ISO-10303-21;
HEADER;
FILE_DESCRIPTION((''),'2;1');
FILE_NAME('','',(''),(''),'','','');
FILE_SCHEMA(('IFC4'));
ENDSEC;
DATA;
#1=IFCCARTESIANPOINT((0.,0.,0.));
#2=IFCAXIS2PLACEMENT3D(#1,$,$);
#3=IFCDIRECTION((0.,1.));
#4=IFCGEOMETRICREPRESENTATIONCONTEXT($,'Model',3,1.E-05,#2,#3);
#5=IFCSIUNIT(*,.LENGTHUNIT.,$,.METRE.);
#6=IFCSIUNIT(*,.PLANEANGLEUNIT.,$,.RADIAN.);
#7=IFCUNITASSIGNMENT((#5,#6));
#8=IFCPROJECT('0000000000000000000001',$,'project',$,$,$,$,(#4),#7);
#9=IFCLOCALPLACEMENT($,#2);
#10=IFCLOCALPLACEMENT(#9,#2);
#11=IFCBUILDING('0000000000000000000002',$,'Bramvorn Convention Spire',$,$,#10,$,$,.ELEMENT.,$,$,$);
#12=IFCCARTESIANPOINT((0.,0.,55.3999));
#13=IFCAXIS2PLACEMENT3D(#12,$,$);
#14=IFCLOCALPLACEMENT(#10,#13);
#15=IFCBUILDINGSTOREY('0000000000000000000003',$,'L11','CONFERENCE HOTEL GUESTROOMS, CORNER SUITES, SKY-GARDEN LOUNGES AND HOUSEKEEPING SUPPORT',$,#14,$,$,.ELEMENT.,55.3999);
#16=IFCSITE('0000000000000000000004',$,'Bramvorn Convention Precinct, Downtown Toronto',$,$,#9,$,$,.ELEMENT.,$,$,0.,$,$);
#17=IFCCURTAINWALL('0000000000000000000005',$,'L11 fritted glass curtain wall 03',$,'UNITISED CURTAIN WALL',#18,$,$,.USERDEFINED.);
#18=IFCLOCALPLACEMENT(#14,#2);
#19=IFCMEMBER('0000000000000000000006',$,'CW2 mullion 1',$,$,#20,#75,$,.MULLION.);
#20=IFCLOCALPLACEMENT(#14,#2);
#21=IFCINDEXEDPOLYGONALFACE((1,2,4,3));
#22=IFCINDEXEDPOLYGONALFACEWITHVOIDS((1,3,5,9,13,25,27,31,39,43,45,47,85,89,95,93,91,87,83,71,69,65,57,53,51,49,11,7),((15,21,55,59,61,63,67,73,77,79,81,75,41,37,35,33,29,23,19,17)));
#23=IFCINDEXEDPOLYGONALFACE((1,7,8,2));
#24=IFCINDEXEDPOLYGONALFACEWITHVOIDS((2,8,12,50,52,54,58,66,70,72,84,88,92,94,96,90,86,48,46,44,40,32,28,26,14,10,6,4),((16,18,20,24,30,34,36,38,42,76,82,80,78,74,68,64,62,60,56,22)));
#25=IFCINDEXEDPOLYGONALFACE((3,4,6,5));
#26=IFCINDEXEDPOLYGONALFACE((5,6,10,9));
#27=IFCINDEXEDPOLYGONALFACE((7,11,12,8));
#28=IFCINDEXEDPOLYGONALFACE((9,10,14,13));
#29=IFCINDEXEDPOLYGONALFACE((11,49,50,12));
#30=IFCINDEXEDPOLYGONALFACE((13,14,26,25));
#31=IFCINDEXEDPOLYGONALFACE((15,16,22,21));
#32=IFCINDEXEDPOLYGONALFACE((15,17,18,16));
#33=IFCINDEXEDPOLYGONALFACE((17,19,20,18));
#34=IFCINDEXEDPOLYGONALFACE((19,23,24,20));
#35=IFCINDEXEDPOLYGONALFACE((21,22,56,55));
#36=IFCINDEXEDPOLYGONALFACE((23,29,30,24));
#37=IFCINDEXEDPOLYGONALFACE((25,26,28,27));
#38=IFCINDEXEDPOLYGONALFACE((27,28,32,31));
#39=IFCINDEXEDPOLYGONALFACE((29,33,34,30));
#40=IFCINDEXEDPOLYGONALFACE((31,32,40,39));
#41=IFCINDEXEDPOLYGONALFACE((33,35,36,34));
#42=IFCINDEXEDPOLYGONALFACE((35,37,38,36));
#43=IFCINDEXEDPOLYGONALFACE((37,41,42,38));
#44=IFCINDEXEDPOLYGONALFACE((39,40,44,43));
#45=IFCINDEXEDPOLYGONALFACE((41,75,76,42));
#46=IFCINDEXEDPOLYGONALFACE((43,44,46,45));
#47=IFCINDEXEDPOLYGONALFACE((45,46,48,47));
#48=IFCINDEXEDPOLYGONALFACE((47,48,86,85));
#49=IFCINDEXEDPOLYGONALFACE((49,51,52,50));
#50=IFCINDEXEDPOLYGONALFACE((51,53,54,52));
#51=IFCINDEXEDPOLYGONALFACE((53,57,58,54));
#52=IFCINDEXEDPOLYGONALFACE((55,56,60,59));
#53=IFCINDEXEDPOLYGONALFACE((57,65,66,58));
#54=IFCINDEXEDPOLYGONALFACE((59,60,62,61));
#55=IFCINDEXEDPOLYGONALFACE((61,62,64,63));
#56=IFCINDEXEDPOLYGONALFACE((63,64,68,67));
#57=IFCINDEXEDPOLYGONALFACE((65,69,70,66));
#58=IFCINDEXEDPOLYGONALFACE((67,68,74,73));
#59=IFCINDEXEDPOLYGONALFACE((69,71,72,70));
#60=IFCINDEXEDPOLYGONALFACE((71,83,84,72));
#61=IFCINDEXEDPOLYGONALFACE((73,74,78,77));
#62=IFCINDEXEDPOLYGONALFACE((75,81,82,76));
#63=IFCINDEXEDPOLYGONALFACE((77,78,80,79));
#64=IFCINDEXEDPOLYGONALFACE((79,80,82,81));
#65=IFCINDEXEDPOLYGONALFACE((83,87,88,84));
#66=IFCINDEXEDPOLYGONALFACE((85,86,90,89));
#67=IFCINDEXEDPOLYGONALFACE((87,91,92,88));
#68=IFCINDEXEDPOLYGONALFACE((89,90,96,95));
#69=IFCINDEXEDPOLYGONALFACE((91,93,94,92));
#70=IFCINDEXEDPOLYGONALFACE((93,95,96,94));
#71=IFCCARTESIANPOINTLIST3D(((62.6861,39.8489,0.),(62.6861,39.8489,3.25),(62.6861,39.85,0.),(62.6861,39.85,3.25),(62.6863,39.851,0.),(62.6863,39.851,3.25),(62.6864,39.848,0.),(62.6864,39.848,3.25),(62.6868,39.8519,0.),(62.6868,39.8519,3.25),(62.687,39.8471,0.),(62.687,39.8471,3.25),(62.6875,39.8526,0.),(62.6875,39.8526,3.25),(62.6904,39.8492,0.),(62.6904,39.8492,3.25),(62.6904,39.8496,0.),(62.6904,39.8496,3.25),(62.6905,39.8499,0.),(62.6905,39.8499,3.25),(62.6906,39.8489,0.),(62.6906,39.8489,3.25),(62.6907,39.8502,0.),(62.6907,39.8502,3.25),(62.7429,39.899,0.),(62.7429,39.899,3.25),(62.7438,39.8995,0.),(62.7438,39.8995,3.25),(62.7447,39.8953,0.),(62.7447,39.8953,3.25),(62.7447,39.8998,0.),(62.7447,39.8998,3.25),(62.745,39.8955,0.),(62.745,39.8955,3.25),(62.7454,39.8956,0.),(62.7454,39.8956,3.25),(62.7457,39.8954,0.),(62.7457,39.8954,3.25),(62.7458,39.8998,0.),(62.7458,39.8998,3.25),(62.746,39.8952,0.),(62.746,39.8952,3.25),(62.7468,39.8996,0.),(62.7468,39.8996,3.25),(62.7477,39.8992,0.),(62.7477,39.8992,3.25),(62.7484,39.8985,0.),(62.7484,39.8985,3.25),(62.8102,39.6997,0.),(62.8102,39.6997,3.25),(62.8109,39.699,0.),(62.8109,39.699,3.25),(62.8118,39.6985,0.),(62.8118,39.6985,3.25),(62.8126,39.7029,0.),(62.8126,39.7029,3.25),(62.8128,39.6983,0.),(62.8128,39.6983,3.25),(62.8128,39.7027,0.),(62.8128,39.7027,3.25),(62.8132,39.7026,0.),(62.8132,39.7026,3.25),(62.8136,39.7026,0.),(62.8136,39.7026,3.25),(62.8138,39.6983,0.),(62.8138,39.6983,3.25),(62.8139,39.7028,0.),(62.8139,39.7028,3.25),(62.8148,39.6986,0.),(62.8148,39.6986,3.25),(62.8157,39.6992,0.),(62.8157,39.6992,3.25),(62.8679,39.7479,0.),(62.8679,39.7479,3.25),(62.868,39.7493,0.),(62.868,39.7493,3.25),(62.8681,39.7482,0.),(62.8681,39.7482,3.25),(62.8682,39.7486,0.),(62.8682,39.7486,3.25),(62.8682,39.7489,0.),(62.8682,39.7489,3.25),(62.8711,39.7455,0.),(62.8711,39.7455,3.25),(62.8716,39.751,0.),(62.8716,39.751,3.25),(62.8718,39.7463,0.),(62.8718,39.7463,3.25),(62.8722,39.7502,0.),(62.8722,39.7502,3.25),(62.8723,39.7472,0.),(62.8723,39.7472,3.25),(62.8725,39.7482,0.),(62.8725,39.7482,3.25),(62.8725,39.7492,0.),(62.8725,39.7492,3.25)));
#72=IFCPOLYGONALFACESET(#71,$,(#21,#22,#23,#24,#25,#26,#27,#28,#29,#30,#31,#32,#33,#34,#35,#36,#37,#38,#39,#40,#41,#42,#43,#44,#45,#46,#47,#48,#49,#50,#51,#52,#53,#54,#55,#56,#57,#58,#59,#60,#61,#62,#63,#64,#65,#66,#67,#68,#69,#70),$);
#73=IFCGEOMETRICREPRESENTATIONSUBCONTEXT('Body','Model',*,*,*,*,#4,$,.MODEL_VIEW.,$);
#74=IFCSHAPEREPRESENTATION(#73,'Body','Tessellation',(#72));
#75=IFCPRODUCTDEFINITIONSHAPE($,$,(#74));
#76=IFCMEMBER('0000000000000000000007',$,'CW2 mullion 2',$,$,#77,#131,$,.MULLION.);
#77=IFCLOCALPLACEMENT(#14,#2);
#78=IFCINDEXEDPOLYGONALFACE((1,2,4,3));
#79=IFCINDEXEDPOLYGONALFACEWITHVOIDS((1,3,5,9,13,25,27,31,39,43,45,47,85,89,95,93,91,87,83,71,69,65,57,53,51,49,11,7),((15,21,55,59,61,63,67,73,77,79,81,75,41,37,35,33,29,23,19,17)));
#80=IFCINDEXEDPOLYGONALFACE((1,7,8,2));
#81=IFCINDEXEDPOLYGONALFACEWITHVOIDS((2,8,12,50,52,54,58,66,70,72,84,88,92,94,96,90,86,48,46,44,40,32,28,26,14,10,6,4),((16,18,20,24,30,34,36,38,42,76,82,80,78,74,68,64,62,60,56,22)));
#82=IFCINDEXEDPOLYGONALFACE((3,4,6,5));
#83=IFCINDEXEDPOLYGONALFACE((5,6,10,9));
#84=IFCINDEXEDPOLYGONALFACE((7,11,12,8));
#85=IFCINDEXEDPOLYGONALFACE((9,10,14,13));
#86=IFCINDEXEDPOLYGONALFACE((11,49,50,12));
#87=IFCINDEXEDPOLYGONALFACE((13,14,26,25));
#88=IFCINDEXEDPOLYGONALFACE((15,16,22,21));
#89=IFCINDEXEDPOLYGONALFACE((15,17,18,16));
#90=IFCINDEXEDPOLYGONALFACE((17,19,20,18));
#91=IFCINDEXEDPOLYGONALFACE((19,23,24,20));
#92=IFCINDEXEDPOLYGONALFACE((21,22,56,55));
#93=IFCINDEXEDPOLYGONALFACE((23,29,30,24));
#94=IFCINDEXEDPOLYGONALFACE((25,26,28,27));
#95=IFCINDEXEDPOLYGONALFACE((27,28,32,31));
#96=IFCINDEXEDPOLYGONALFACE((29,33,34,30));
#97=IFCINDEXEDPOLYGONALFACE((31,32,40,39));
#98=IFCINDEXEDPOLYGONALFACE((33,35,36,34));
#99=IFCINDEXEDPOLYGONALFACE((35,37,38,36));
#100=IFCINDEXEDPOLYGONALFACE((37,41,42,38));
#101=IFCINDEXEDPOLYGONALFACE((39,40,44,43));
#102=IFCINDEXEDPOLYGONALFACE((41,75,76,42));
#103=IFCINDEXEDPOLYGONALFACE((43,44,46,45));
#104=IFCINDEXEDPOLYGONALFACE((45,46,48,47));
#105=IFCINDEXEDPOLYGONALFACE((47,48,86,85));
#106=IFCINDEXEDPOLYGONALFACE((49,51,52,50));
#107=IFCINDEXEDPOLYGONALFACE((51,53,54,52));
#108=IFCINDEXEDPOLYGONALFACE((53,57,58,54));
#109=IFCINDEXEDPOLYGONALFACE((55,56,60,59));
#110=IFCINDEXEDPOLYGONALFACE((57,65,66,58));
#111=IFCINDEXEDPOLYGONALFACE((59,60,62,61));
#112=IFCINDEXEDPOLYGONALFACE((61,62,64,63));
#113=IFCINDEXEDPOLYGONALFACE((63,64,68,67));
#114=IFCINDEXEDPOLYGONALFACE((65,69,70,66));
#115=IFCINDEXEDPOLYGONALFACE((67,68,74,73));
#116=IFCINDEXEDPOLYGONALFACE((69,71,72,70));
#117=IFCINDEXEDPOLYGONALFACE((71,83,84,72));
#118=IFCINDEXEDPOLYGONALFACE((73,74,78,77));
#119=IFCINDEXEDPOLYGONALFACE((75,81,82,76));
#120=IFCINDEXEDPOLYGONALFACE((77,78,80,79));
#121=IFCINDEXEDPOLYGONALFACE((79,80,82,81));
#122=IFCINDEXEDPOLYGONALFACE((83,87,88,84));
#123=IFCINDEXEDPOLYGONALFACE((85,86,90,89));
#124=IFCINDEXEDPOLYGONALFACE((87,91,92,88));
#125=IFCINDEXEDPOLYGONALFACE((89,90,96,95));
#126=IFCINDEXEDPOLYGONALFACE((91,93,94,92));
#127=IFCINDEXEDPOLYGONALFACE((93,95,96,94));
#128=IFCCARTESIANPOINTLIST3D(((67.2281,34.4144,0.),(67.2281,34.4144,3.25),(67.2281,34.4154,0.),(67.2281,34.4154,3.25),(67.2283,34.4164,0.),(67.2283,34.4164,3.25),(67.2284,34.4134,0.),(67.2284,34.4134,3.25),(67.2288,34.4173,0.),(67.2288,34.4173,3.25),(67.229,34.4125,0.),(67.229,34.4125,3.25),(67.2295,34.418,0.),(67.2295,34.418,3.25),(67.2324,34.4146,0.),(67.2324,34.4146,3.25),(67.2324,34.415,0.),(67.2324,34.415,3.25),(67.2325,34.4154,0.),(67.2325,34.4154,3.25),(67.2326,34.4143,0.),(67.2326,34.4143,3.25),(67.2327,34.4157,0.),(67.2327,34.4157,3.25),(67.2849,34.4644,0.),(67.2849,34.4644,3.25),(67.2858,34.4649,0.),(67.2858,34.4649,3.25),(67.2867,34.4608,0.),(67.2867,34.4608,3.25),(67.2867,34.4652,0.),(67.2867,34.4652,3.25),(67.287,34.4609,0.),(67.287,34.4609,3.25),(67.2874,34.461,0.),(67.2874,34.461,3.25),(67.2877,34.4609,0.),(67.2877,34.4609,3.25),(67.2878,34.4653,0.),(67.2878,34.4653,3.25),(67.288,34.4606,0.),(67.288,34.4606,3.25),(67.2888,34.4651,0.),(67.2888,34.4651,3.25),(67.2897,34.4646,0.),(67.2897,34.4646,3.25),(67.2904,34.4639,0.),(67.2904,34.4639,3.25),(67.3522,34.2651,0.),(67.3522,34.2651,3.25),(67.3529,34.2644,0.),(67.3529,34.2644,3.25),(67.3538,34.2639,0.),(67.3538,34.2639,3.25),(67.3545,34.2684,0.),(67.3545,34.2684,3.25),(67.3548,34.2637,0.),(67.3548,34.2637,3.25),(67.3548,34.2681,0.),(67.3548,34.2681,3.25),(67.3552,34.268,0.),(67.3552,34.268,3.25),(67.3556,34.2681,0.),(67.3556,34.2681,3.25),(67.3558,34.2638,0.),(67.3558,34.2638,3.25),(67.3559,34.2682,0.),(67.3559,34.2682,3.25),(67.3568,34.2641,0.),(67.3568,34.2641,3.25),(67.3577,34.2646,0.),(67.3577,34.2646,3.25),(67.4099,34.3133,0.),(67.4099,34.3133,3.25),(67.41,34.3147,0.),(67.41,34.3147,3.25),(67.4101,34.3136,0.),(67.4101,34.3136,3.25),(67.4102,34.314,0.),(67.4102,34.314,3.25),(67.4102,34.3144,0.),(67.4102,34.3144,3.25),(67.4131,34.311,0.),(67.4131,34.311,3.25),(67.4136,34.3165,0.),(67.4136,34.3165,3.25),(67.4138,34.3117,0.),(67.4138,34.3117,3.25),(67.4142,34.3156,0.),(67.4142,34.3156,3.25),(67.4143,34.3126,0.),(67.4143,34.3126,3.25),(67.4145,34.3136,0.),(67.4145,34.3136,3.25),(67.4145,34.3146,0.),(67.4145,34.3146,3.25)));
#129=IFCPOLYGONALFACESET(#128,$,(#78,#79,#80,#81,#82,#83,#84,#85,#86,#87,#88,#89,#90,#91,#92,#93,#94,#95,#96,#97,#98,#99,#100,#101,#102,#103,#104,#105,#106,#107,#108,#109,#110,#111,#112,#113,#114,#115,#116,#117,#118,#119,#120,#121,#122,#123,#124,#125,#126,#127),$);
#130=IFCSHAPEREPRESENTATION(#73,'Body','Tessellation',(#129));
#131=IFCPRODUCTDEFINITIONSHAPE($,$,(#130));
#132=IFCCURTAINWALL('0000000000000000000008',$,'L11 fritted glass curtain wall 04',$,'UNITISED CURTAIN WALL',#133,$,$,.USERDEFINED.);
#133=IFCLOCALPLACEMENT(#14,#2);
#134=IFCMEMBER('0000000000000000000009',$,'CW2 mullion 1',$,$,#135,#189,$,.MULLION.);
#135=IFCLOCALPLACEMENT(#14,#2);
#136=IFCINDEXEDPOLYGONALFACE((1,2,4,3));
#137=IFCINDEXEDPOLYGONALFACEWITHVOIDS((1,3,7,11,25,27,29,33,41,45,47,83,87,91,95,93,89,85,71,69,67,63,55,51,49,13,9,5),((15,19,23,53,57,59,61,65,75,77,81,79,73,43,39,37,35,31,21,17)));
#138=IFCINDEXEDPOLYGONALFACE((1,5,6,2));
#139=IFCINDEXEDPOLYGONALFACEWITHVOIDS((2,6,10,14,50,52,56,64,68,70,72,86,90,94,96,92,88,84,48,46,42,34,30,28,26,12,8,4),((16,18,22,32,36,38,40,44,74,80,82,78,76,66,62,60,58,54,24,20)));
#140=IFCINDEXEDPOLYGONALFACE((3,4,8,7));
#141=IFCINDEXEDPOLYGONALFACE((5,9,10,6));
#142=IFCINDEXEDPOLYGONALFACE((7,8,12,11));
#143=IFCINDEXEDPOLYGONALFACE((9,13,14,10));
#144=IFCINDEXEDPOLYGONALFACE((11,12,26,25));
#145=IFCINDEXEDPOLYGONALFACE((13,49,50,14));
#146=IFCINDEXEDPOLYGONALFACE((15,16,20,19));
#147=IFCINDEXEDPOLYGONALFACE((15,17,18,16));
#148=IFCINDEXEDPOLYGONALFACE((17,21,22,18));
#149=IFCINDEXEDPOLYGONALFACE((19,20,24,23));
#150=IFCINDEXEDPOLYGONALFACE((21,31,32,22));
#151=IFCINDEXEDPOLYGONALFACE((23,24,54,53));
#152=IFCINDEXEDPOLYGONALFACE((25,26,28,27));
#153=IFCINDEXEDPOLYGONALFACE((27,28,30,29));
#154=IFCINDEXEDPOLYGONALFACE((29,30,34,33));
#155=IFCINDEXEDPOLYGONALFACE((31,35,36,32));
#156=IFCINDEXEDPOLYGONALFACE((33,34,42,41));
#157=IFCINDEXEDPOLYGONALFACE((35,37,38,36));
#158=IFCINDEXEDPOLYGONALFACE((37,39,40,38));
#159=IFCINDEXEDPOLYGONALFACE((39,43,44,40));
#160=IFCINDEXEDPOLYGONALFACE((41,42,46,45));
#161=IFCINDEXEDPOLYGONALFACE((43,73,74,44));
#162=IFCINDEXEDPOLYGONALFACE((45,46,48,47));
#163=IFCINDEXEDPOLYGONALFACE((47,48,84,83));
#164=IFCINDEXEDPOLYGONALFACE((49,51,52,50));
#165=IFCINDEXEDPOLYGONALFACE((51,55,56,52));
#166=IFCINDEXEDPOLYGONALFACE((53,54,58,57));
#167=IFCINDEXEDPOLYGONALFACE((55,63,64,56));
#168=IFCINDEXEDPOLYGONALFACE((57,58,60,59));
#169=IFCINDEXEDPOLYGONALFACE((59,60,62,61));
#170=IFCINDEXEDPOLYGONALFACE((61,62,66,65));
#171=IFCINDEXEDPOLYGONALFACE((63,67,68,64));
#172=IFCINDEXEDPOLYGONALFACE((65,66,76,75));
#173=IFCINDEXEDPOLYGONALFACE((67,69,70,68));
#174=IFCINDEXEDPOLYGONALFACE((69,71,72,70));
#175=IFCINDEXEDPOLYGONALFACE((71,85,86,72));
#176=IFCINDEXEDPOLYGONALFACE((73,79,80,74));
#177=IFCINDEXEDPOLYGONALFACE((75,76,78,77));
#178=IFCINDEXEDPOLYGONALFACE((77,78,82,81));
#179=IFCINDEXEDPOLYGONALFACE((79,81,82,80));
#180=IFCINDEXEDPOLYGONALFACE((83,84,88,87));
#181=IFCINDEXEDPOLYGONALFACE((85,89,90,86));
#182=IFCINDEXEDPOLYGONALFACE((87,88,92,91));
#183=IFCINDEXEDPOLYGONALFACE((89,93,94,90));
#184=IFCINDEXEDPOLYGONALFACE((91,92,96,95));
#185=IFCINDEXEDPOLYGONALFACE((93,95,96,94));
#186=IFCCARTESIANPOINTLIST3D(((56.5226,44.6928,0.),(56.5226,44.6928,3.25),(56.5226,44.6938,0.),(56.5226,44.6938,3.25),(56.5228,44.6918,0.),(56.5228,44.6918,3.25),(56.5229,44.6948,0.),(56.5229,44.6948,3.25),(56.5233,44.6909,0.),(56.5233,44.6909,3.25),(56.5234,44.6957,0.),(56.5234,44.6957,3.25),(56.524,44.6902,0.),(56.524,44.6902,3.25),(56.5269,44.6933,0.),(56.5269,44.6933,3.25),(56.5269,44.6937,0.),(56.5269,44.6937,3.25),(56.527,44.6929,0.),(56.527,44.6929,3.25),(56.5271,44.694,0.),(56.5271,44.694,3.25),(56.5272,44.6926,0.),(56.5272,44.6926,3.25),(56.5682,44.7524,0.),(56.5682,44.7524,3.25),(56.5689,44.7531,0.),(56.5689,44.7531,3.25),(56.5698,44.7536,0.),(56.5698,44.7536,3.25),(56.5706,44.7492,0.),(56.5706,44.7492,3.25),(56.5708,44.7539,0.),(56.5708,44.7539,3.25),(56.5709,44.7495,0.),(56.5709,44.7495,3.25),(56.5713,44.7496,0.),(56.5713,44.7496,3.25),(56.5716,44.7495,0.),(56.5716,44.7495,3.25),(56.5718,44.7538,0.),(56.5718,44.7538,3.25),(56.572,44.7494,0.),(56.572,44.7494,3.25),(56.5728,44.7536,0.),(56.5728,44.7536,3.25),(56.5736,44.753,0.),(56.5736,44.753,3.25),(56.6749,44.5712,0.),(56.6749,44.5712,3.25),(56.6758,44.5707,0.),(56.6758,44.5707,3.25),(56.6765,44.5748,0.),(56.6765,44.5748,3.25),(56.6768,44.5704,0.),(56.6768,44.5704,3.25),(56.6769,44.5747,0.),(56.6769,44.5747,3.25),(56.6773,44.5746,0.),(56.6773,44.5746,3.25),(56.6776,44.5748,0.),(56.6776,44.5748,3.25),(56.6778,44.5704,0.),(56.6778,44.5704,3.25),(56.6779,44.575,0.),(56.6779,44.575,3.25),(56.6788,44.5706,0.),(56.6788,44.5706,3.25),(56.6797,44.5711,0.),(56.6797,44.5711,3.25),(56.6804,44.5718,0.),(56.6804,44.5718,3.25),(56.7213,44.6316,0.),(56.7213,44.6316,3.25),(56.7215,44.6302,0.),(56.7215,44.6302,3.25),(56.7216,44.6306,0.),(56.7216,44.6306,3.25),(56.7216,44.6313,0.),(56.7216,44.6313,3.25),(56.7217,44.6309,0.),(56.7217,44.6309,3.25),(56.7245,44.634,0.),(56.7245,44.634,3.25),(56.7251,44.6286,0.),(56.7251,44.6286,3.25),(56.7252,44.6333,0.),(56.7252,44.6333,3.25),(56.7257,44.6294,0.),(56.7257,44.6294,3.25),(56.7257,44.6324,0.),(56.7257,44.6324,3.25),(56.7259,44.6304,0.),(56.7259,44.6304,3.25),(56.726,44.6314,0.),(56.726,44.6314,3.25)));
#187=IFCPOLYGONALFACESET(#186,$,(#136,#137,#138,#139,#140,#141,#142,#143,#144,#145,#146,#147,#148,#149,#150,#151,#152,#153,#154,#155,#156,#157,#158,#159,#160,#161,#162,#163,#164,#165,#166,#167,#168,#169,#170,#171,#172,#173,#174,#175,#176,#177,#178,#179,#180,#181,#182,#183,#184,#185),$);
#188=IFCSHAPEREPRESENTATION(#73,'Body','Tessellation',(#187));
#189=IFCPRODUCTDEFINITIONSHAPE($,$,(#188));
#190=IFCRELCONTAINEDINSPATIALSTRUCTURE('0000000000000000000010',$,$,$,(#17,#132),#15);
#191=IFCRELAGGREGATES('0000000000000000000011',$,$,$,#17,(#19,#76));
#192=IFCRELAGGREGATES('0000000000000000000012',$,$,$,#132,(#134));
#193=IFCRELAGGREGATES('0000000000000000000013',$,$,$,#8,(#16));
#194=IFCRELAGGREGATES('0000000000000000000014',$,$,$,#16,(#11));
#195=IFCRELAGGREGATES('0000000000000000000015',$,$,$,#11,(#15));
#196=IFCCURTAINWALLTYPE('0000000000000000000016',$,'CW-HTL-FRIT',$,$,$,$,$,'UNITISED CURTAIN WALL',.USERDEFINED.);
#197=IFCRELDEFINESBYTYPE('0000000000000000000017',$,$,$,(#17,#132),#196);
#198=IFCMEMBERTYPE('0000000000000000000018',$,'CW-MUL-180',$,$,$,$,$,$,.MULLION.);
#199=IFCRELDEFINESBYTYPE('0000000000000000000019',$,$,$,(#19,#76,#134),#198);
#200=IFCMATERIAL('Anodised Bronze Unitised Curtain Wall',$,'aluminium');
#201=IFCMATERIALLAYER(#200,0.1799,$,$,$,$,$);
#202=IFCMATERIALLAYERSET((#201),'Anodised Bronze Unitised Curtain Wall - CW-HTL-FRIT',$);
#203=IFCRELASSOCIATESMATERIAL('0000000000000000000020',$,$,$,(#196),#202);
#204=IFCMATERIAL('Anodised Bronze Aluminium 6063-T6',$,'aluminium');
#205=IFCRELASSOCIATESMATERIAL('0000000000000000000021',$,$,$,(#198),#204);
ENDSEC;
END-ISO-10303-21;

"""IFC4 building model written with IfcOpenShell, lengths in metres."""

from ifc_helpers import new_model, si_unit, direction, frame, origin, origin_2d, place, context, subcontext, project, spatial, hollow_rectangle, extrude, material, layer, layer_set, material_profile, profile_set, type_object, element, aggregate, save


model = new_model("IFC4")

# Units and contexts
model_context = context("Model", 3, precision=1e-05, world=origin(), true_north=direction((0.0, 1.0)))
body_context = subcontext(model_context, "Body", "Model", "MODEL_VIEW")
ifc_project = project(units=[si_unit("LENGTHUNIT", "METRE"), si_unit("PLANEANGLEUNIT", "RADIAN")], contexts=[model_context])

# Site, building, storey
site_placement = place(None, origin())
site = spatial("IfcSite", under=ifc_project, at=site_placement, Name="Bramvorn Convention Precinct, Downtown Toronto", CompositionType="ELEMENT", RefElevation=0.0)
building_placement = place(site_placement, origin())
building = spatial("IfcBuilding", under=site, at=building_placement, Name="Bramvorn Convention Spire", CompositionType="ELEMENT")
storey_placement = place(building_placement, frame((0.0, 0.0, 55.3999)))
storey = spatial("IfcBuildingStorey", under=building, at=storey_placement, Name="L11", Description="CONFERENCE HOTEL GUESTROOMS, CORNER SUITES, SKY-GARDEN LOUNGES AND HOUSEKEEPING SUPPORT", CompositionType="ELEMENT", Elevation=55.3999)

# Curtain walls, members
ifc_material_1 = material(Name="Anodised Bronze Unitised Curtain Wall", Category="aluminium")
ifc_layer_1 = layer(ifc_material_1, 0.1799)
ifc_layer_set_1 = layer_set([ifc_layer_1], Name="Anodised Bronze Unitised Curtain Wall - CW-HTL-FRIT")
curtain_wall_type_1 = type_object("IfcCurtainWallType", Name="CW-HTL-FRIT", ElementType="UNITISED CURTAIN WALL", PredefinedType="USERDEFINED", material=ifc_layer_set_1)
curtain_wall_1_placement = place(storey_placement, origin())
curtain_wall_1 = element("IfcCurtainWall", 1, at=curtain_wall_1_placement, inside=storey, type_object=curtain_wall_type_1, Name="L11 fritted glass curtain wall 03", ObjectType="UNITISED CURTAIN WALL", PredefinedType="USERDEFINED")
ifc_material_2 = material(Name="Anodised Bronze Aluminium 6063-T6", Category="aluminium")
ifc_material_profile_1 = material_profile(ifc_material_2, hollow_rectangle(XDim=0.0801, YDim=0.2, WallThickness=0.0039, InnerFilletRadius=0.001, OuterFilletRadius=0.0039, at=origin_2d()))
ifc_profile_set_1 = profile_set([ifc_material_profile_1], Name="Anodised Bronze Aluminium 6063-T6 - CWM80X200")
member_type_1 = type_object("IfcMemberType", Name="CW-MUL-180", PredefinedType="MULLION", material=ifc_profile_set_1)
member_1_placement = place(storey_placement, frame((62.7793, 39.7991, 0.0), z_axis=(0.0, 0.0, 1.0), x_axis=(0.767314, 0.641272, 0.0)))
member_1 = element("IfcMember", 2, at=member_1_placement, type_object=member_type_1, Name="CW2 mullion 1", PredefinedType="MULLION", context=body_context, shape_type="SweptSolid", body=[
    extrude(hollow_rectangle(XDim=0.0801, YDim=0.2, WallThickness=0.0039, InnerFilletRadius=0.001, OuterFilletRadius=0.0039, at=origin_2d()), origin(), (0.0, 0.0, 1.0), 3.25),
])
member_2_placement = place(storey_placement, frame((67.3213, 34.3645, 0.0), z_axis=(0.0, 0.0, 1.0), x_axis=(0.767314, 0.641272, 0.0)))
member_2 = element("IfcMember", 3, at=member_2_placement, type_object=member_type_1, Name="CW2 mullion 2", PredefinedType="MULLION", context=body_context, shape_type="SweptSolid", body=[
    extrude(hollow_rectangle(XDim=0.0801, YDim=0.2, WallThickness=0.0039, InnerFilletRadius=0.001, OuterFilletRadius=0.0039, at=origin_2d()), origin(), (0.0, 0.0, 1.0), 3.25),
])
curtain_wall_2_placement = place(storey_placement, origin())
curtain_wall_2 = element("IfcCurtainWall", 4, at=curtain_wall_2_placement, inside=storey, type_object=curtain_wall_type_1, Name="L11 fritted glass curtain wall 04", ObjectType="UNITISED CURTAIN WALL", PredefinedType="USERDEFINED")
member_3_placement = place(storey_placement, frame((56.6243, 44.6621, 0.0), z_axis=(0.0, 0.0, 1.0), x_axis=(0.61933, 0.785131, 0.0)))
member_3 = element("IfcMember", 5, at=member_3_placement, type_object=member_type_1, Name="CW2 mullion 1", PredefinedType="MULLION", context=body_context, shape_type="SweptSolid", body=[
    extrude(hollow_rectangle(XDim=0.0801, YDim=0.2, WallThickness=0.0039, InnerFilletRadius=0.001, OuterFilletRadius=0.0039, at=origin_2d()), origin(), (0.0, 0.0, 1.0), 3.25),
])

aggregate(curtain_wall_1, [member_1, member_2])
aggregate(curtain_wall_2, [member_3])

save(model, "model.ifc")
